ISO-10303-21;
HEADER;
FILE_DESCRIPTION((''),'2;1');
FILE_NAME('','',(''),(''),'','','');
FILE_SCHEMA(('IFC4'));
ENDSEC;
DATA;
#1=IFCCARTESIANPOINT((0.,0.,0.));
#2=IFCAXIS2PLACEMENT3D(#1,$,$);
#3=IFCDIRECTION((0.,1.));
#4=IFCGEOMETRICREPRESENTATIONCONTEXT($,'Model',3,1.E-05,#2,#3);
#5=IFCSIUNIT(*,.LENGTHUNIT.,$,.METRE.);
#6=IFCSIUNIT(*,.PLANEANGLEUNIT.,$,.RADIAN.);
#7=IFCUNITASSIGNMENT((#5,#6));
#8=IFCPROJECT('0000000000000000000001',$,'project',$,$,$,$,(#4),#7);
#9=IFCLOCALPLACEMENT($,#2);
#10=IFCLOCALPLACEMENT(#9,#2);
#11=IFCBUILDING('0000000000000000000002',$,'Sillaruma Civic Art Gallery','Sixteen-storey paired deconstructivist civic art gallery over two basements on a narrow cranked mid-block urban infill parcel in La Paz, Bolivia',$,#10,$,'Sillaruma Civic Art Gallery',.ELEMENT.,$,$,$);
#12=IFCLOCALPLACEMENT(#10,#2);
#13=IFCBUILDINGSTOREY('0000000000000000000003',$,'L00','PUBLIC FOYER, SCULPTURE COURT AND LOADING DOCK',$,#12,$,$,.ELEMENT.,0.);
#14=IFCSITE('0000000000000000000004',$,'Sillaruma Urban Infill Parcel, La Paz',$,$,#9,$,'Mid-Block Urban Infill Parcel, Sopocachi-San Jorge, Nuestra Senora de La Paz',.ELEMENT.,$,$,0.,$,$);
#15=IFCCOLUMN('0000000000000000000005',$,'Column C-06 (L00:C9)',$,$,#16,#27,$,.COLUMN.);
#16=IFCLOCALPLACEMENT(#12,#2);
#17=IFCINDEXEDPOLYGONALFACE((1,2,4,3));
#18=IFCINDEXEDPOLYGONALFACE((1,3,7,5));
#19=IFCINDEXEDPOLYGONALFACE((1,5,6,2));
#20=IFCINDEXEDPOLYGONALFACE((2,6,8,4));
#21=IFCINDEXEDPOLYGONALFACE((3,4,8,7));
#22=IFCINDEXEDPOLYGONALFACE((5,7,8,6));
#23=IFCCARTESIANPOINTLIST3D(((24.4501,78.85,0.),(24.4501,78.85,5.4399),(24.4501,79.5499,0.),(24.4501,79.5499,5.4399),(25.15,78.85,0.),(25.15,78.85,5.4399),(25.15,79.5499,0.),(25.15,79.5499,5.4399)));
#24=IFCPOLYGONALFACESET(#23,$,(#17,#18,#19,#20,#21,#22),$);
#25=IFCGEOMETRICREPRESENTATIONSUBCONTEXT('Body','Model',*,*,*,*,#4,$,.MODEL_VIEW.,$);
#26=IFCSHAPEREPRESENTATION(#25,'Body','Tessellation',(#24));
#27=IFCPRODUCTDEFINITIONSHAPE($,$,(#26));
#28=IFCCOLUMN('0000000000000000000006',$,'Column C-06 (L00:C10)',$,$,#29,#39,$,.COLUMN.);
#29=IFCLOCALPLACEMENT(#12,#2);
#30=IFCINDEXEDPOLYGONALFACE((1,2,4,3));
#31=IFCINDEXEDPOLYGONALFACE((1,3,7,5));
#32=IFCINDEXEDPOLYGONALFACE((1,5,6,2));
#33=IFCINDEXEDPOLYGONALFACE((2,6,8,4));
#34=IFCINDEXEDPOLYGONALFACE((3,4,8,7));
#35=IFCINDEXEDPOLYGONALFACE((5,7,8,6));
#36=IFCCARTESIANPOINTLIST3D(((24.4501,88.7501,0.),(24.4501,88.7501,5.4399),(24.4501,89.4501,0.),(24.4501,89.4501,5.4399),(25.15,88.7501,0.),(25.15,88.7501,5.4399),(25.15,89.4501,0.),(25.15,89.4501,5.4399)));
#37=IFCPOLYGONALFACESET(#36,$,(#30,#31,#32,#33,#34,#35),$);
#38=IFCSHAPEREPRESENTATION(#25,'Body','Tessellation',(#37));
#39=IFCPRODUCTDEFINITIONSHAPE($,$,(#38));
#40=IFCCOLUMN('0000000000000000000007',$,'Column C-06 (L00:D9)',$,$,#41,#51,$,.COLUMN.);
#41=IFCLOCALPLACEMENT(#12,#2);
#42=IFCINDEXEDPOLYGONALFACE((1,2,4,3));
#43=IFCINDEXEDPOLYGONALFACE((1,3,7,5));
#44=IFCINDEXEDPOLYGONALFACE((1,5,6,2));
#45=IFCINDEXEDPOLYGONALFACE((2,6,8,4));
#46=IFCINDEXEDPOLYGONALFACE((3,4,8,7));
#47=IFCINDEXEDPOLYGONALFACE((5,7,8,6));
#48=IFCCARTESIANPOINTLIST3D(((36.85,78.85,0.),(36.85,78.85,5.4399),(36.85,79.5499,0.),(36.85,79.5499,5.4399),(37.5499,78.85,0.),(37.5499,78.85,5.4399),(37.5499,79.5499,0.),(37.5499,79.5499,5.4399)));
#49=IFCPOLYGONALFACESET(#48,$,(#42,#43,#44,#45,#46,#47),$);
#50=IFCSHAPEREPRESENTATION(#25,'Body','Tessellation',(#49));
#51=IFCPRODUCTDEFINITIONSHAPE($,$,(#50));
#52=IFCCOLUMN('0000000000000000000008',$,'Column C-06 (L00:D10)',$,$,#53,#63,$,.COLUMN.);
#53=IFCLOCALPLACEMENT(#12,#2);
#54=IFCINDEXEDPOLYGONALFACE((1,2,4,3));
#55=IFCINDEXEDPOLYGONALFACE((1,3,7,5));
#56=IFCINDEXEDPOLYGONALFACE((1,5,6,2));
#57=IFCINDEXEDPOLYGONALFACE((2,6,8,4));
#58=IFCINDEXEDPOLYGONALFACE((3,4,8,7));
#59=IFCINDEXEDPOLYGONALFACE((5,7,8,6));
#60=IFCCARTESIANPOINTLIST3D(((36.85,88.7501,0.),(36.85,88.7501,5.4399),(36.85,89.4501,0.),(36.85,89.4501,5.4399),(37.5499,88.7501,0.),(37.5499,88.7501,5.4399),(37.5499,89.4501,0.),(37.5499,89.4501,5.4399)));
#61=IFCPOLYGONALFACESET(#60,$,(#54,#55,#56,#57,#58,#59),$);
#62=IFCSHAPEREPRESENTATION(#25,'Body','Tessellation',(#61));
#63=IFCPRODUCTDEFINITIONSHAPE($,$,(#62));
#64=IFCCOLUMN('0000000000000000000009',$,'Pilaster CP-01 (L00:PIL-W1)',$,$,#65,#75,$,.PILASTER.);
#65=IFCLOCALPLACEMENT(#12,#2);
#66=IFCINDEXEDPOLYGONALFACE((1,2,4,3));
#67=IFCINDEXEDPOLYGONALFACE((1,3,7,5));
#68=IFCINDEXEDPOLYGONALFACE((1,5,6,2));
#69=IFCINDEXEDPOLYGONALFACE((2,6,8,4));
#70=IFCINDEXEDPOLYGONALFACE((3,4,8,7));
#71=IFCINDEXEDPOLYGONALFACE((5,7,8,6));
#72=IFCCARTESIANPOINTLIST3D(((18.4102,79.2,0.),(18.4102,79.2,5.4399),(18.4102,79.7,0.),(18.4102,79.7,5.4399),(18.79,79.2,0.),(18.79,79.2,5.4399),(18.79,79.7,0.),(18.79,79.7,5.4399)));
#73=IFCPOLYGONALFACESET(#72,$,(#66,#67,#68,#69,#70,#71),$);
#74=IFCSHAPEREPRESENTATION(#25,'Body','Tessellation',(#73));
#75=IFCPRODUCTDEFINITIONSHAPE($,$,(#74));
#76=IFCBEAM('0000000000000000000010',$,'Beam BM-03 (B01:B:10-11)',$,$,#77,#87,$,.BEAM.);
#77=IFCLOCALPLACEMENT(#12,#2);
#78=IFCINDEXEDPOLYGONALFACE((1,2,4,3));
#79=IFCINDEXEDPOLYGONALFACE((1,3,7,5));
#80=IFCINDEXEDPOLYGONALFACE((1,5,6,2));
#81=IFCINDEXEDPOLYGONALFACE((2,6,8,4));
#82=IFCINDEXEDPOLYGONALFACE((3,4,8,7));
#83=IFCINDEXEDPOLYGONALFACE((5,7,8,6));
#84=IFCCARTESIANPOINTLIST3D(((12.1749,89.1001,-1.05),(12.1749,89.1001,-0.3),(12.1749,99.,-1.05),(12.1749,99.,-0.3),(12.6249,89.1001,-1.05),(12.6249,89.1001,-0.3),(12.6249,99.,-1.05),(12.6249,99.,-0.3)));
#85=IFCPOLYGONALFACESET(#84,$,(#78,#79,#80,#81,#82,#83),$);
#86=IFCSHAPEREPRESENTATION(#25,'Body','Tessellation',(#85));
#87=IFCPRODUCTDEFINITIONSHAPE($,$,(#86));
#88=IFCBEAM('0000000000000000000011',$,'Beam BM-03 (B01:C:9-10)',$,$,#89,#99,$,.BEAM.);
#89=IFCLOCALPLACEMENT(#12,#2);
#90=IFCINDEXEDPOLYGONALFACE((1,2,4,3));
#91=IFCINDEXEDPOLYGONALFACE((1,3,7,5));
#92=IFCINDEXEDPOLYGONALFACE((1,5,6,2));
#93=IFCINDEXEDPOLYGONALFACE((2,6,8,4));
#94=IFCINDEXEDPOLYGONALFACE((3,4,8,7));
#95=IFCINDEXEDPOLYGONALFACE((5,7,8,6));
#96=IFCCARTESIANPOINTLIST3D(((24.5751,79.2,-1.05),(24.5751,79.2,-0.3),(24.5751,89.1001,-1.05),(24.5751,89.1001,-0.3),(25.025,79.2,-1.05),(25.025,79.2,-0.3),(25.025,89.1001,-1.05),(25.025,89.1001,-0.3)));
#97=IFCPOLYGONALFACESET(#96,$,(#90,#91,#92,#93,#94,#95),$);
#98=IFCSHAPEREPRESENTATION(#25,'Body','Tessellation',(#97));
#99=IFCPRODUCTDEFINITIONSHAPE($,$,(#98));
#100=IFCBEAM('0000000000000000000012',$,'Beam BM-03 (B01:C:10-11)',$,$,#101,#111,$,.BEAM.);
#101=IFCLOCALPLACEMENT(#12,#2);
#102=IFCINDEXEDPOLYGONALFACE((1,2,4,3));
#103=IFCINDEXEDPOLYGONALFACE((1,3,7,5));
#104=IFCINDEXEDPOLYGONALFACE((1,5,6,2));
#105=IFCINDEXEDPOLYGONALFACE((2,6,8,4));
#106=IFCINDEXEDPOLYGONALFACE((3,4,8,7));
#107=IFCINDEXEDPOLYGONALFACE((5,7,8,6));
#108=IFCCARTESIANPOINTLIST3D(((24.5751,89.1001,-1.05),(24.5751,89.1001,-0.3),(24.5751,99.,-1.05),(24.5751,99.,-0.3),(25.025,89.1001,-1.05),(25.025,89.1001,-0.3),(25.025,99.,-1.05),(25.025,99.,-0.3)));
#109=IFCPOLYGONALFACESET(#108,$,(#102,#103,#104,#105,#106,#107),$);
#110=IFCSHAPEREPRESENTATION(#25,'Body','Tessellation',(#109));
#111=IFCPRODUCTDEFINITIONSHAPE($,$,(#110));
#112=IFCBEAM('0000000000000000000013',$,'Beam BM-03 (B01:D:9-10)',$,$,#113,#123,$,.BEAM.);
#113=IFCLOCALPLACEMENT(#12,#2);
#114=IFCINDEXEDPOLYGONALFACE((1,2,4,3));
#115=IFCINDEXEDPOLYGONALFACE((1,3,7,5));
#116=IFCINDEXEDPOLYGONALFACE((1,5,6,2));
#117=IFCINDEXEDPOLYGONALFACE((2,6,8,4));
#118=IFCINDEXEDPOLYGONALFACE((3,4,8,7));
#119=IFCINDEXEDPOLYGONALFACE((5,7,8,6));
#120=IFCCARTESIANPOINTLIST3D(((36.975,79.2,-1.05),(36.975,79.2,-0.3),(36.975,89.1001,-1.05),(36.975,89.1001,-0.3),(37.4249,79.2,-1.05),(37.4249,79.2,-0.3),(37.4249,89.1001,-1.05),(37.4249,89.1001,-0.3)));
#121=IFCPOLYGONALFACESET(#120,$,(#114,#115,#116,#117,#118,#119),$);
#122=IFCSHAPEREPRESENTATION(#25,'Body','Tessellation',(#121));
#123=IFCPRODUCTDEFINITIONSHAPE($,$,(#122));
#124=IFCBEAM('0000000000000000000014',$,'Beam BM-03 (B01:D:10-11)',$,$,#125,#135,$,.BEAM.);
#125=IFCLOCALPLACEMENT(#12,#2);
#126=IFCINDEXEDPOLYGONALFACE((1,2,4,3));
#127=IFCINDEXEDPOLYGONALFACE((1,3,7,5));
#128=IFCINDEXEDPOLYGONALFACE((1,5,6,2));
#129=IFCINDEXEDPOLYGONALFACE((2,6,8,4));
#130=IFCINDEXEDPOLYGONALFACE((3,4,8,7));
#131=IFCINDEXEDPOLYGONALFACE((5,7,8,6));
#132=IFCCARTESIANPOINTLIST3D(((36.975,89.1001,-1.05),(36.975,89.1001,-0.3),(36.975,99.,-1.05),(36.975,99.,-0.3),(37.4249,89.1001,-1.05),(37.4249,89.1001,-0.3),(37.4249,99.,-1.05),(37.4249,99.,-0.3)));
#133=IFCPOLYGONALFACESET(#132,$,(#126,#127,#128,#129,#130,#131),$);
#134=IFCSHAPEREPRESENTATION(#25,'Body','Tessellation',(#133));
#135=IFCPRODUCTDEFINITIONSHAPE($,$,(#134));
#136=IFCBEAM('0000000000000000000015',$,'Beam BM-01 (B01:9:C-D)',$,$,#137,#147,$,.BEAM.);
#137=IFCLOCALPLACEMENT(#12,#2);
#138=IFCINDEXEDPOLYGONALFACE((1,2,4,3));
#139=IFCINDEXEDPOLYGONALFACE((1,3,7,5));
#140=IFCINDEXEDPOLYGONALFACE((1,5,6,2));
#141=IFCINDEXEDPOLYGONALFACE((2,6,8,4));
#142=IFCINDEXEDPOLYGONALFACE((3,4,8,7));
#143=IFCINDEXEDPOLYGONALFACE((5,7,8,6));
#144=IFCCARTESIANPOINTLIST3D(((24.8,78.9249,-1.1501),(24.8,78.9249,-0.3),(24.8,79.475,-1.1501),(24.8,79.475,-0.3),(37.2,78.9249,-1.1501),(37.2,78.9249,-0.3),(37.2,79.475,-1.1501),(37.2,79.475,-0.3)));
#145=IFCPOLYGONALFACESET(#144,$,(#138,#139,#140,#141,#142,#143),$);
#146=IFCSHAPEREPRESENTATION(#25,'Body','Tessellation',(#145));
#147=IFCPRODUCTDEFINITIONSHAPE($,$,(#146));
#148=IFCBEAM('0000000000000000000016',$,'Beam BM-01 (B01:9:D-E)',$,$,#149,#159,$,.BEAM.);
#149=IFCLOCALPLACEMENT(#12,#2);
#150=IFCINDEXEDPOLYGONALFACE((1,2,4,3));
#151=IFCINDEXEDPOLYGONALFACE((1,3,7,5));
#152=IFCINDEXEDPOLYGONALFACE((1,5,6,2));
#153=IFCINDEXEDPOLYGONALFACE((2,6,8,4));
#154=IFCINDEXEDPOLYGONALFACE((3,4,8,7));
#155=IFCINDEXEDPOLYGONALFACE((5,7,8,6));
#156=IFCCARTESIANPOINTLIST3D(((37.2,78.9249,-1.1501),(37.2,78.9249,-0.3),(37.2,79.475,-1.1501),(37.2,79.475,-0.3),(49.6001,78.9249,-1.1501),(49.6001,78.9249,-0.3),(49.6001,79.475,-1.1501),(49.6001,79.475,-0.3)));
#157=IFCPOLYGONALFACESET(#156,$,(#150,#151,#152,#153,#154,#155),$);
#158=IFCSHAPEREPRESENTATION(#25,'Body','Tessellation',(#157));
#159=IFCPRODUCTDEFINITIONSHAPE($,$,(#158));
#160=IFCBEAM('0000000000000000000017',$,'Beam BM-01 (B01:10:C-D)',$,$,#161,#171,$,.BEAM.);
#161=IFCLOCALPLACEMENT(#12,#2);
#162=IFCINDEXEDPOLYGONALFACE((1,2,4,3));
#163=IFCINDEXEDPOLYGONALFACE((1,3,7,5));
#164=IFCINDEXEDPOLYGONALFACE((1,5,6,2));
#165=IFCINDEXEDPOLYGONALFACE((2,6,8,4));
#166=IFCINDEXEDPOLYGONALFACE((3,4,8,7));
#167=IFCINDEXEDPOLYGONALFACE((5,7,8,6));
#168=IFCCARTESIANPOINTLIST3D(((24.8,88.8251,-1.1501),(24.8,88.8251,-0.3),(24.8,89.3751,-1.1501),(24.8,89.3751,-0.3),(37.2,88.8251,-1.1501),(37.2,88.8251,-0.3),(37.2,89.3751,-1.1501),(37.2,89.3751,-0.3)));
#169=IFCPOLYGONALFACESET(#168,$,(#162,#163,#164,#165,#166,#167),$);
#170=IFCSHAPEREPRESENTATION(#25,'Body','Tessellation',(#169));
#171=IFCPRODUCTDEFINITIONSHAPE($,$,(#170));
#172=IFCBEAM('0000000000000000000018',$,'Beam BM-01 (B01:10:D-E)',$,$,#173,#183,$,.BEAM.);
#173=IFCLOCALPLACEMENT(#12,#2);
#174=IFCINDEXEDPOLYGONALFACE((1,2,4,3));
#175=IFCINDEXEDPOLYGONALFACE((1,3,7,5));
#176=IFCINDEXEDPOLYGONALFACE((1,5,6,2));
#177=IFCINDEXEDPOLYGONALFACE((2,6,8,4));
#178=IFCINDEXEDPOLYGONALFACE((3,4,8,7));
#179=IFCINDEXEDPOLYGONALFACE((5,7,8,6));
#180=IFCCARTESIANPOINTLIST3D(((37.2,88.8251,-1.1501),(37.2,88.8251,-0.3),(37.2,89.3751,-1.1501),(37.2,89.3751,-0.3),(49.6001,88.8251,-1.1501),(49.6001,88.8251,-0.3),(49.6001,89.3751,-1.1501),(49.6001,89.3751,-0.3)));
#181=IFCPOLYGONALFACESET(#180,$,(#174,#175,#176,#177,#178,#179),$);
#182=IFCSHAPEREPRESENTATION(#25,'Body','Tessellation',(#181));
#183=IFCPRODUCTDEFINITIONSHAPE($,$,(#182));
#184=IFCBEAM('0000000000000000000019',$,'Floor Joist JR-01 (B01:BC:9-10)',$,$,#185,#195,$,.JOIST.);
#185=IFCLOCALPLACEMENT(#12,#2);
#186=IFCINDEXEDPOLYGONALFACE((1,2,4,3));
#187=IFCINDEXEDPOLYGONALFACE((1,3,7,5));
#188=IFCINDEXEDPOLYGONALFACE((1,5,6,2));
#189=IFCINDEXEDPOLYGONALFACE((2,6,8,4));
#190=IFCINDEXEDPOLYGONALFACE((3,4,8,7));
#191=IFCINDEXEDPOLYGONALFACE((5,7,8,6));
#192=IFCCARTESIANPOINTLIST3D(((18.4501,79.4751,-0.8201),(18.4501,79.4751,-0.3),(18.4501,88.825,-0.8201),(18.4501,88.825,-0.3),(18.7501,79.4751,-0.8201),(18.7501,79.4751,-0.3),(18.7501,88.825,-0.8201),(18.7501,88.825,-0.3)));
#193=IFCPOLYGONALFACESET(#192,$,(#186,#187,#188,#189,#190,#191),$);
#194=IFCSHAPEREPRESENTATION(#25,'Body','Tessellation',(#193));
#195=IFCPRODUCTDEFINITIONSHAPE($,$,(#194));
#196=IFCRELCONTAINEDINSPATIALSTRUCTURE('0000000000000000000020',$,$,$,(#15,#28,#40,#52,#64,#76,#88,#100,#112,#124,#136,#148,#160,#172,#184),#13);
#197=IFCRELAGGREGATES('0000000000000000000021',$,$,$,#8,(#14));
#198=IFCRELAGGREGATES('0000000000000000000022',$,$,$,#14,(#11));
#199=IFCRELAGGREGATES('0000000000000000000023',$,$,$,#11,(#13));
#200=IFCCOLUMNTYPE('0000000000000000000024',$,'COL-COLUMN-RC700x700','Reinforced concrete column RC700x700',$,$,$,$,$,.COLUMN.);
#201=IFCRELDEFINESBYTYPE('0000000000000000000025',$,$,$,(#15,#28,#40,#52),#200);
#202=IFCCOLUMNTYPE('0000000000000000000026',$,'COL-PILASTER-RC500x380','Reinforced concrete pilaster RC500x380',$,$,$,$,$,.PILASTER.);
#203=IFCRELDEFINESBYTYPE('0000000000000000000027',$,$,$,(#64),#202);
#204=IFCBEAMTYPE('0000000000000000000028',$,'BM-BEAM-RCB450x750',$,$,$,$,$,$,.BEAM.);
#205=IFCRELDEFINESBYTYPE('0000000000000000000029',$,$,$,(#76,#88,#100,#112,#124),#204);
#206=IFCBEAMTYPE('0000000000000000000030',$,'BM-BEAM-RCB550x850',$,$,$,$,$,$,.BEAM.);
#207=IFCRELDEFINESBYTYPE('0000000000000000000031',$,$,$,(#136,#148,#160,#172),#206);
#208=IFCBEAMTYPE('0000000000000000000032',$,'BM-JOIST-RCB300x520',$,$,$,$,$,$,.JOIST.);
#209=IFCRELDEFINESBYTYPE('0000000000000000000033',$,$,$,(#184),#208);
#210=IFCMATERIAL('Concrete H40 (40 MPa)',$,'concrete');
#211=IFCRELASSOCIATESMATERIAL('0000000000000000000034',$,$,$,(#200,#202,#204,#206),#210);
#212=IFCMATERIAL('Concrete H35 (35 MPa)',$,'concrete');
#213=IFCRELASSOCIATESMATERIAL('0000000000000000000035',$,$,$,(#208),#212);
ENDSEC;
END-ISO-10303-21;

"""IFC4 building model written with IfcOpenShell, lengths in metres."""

from ifc_helpers import new_model, si_unit, direction, frame, origin, origin_2d, place, context, subcontext, project, spatial, rectangle, extrude, material, material_profile, profile_set, type_object, element, save


model = new_model("IFC4")

# Units and contexts
model_context = context("Model", 3, precision=1e-05, world=origin(), true_north=direction((0.0, 1.0)))
body_context = subcontext(model_context, "Body", "Model", "MODEL_VIEW")
ifc_project = project(units=[si_unit("LENGTHUNIT", "METRE"), si_unit("PLANEANGLEUNIT", "RADIAN")], contexts=[model_context])

# Site, building, storey
site_placement = place(None, origin())
site = spatial("IfcSite", under=ifc_project, at=site_placement, Name="Sillaruma Urban Infill Parcel, La Paz", LongName="Mid-Block Urban Infill Parcel, Sopocachi-San Jorge, Nuestra Senora de La Paz", CompositionType="ELEMENT", RefElevation=0.0)
building_placement = place(site_placement, origin())
building = spatial("IfcBuilding", under=site, at=building_placement, Name="Sillaruma Civic Art Gallery", Description="Sixteen-storey paired deconstructivist civic art gallery over two basements on a narrow cranked mid-block urban infill parcel in La Paz, Bolivia", LongName="Sillaruma Civic Art Gallery", CompositionType="ELEMENT")
storey_placement = place(building_placement, origin())
storey = spatial("IfcBuildingStorey", under=building, at=storey_placement, Name="L00", Description="PUBLIC FOYER, SCULPTURE COURT AND LOADING DOCK", CompositionType="ELEMENT", Elevation=0.0)

# Columns
ifc_material_1 = material(Name="Concrete H40 (40 MPa)", Category="concrete")
ifc_material_profile_1 = material_profile(ifc_material_1, rectangle(XDim=0.7, YDim=0.7, at=origin_2d()), Name="RC700x700")
ifc_profile_set_1 = profile_set([ifc_material_profile_1], Name="Concrete H40 (40 MPa)")
column_type_1 = type_object("IfcColumnType", Name="COL-COLUMN-RC700x700", Description="Reinforced concrete column RC700x700", PredefinedType="COLUMN", material=ifc_profile_set_1)
for number, where, z_axis, x_axis, name in (
    (1, (24.8, 79.2, 0.0), (0.0, 0.0, 1.0), (1.0, 0.0, 0.0), "Column C-06 (L00:C9)"),
    (2, (24.8, 89.1001, 0.0), (0.0, 0.0, 1.0), (1.0, 0.0, 0.0), "Column C-06 (L00:C10)"),
    (3, (37.2, 79.2, 0.0), (0.0, 0.0, 1.0), (1.0, 0.0, 0.0), "Column C-06 (L00:D9)"),
    (4, (37.2, 89.1001, 0.0), (0.0, 0.0, 1.0), (1.0, 0.0, 0.0), "Column C-06 (L00:D10)"),
):
    element("IfcColumn", number, at=place(storey_placement, frame(where, z_axis=z_axis, x_axis=x_axis)), inside=storey, type_object=column_type_1, Name=name, PredefinedType="COLUMN", context=body_context, shape_type="SweptSolid", body=[
        extrude(rectangle(XDim=0.7, YDim=0.7, at=origin_2d()), origin(), (0.0, 0.0, 1.0), 5.4399),
    ])
ifc_material_profile_2 = material_profile(ifc_material_1, rectangle(XDim=0.3799, YDim=0.5, at=origin_2d()), Name="RC500x380")
ifc_profile_set_2 = profile_set([ifc_material_profile_2], Name="Concrete H40 (40 MPa)")
column_type_2 = type_object("IfcColumnType", Name="COL-PILASTER-RC500x380", Description="Reinforced concrete pilaster RC500x380", PredefinedType="PILASTER", material=ifc_profile_set_2)
column_placement = place(storey_placement, frame((18.6001, 79.45, 0.0), z_axis=(0.0, 0.0, 1.0), x_axis=(1.0, 0.0, 0.0)))
element("IfcColumn", 5, at=column_placement, inside=storey, type_object=column_type_2, Name="Pilaster CP-01 (L00:PIL-W1)", PredefinedType="PILASTER", context=body_context, shape_type="SweptSolid", body=[
    extrude(rectangle(XDim=0.3799, YDim=0.5, at=origin_2d()), origin(), (0.0, 0.0, 1.0), 5.4399),
])

# Beams
ifc_material_profile_3 = material_profile(ifc_material_1, rectangle(XDim=0.45, YDim=0.75, at=origin_2d()), Name="RCB450x750")
ifc_profile_set_3 = profile_set([ifc_material_profile_3], Name="Concrete H40 (40 MPa)")
beam_type_1 = type_object("IfcBeamType", Name="BM-BEAM-RCB450x750", PredefinedType="BEAM", material=ifc_profile_set_3)
beam_1_placement = place(storey_placement, frame((12.3999, 89.1001, -0.675), z_axis=(0.0, 1.0, 0.0), x_axis=(-1.0, 0.0, 0.0)))
element("IfcBeam", 6, at=beam_1_placement, inside=storey, type_object=beam_type_1, Name="Beam BM-03 (B01:B:10-11)", PredefinedType="BEAM", context=body_context, shape_type="SweptSolid", body=[
    extrude(rectangle(XDim=0.45, YDim=0.75, at=origin_2d()), origin(), (0.0, 0.0, 1.0), 9.8999),
])
beam_2_placement = place(storey_placement, frame((24.8, 79.2, -0.675), z_axis=(0.0, 1.0, 0.0), x_axis=(-1.0, 0.0, 0.0)))
element("IfcBeam", 7, at=beam_2_placement, inside=storey, type_object=beam_type_1, Name="Beam BM-03 (B01:C:9-10)", PredefinedType="BEAM", context=body_context, shape_type="SweptSolid", body=[
    extrude(rectangle(XDim=0.45, YDim=0.75, at=origin_2d()), origin(), (0.0, 0.0, 1.0), 9.9001),
])
beam_3_placement = place(storey_placement, frame((24.8, 89.1001, -0.675), z_axis=(0.0, 1.0, 0.0), x_axis=(-1.0, 0.0, 0.0)))
element("IfcBeam", 8, at=beam_3_placement, inside=storey, type_object=beam_type_1, Name="Beam BM-03 (B01:C:10-11)", PredefinedType="BEAM", context=body_context, shape_type="SweptSolid", body=[
    extrude(rectangle(XDim=0.45, YDim=0.75, at=origin_2d()), origin(), (0.0, 0.0, 1.0), 9.8999),
])
beam_4_placement = place(storey_placement, frame((37.2, 79.2, -0.675), z_axis=(0.0, 1.0, 0.0), x_axis=(-1.0, 0.0, 0.0)))
element("IfcBeam", 9, at=beam_4_placement, inside=storey, type_object=beam_type_1, Name="Beam BM-03 (B01:D:9-10)", PredefinedType="BEAM", context=body_context, shape_type="SweptSolid", body=[
    extrude(rectangle(XDim=0.45, YDim=0.75, at=origin_2d()), origin(), (0.0, 0.0, 1.0), 9.9001),
])
beam_5_placement = place(storey_placement, frame((37.2, 89.1001, -0.675), z_axis=(0.0, 1.0, 0.0), x_axis=(-1.0, 0.0, 0.0)))
element("IfcBeam", 10, at=beam_5_placement, inside=storey, type_object=beam_type_1, Name="Beam BM-03 (B01:D:10-11)", PredefinedType="BEAM", context=body_context, shape_type="SweptSolid", body=[
    extrude(rectangle(XDim=0.45, YDim=0.75, at=origin_2d()), origin(), (0.0, 0.0, 1.0), 9.8999),
])
ifc_material_profile_4 = material_profile(ifc_material_1, rectangle(XDim=0.55, YDim=0.8501, at=origin_2d()), Name="RCB550x850")
ifc_profile_set_4 = profile_set([ifc_material_profile_4], Name="Concrete H40 (40 MPa)")
beam_type_2 = type_object("IfcBeamType", Name="BM-BEAM-RCB550x850", PredefinedType="BEAM", material=ifc_profile_set_4)
beam_6_placement = place(storey_placement, frame((24.8, 79.2, -0.7251), z_axis=(1.0, 0.0, 0.0), x_axis=(0.0, 1.0, 0.0)))
element("IfcBeam", 11, at=beam_6_placement, inside=storey, type_object=beam_type_2, Name="Beam BM-01 (B01:9:C-D)", PredefinedType="BEAM", context=body_context, shape_type="SweptSolid", body=[
    extrude(rectangle(XDim=0.55, YDim=0.8501, at=origin_2d()), origin(), (0.0, 0.0, 1.0), 12.3999),
])
beam_7_placement = place(storey_placement, frame((37.2, 79.2, -0.7251), z_axis=(1.0, 0.0, 0.0), x_axis=(0.0, 1.0, 0.0)))
element("IfcBeam", 12, at=beam_7_placement, inside=storey, type_object=beam_type_2, Name="Beam BM-01 (B01:9:D-E)", PredefinedType="BEAM", context=body_context, shape_type="SweptSolid", body=[
    extrude(rectangle(XDim=0.55, YDim=0.8501, at=origin_2d()), origin(), (0.0, 0.0, 1.0), 12.4001),
])
beam_8_placement = place(storey_placement, frame((24.8, 89.1001, -0.7251), z_axis=(1.0, 0.0, 0.0), x_axis=(0.0, 1.0, 0.0)))
element("IfcBeam", 13, at=beam_8_placement, inside=storey, type_object=beam_type_2, Name="Beam BM-01 (B01:10:C-D)", PredefinedType="BEAM", context=body_context, shape_type="SweptSolid", body=[
    extrude(rectangle(XDim=0.55, YDim=0.8501, at=origin_2d()), origin(), (0.0, 0.0, 1.0), 12.3999),
])
beam_9_placement = place(storey_placement, frame((37.2, 89.1001, -0.7251), z_axis=(1.0, 0.0, 0.0), x_axis=(0.0, 1.0, 0.0)))
element("IfcBeam", 14, at=beam_9_placement, inside=storey, type_object=beam_type_2, Name="Beam BM-01 (B01:10:D-E)", PredefinedType="BEAM", context=body_context, shape_type="SweptSolid", body=[
    extrude(rectangle(XDim=0.55, YDim=0.8501, at=origin_2d()), origin(), (0.0, 0.0, 1.0), 12.4001),
])
ifc_material_2 = material(Name="Concrete H35 (35 MPa)", Category="concrete")
ifc_material_profile_5 = material_profile(ifc_material_2, rectangle(XDim=0.3, YDim=0.52, at=origin_2d()), Name="RCB300x520")
ifc_profile_set_5 = profile_set([ifc_material_profile_5], Name="Concrete H35 (35 MPa)")
beam_type_3 = type_object("IfcBeamType", Name="BM-JOIST-RCB300x520", PredefinedType="JOIST", material=ifc_profile_set_5)
for number, where, z_axis, x_axis, name in (
    (15, (18.6001, 79.4751, -0.5601), (0.0, 1.0, 0.0), (-1.0, 0.0, 0.0), "Floor Joist JR-01 (B01:BC:9-10)"),
):
    element("IfcBeam", number, at=place(storey_placement, frame(where, z_axis=z_axis, x_axis=x_axis)), inside=storey, type_object=beam_type_3, Name=name, PredefinedType="JOIST", context=body_context, shape_type="SweptSolid", body=[
        extrude(rectangle(XDim=0.3, YDim=0.52, at=origin_2d()), origin(), (0.0, 0.0, 1.0), 9.3499),
    ])

save(model, "model.ifc")
